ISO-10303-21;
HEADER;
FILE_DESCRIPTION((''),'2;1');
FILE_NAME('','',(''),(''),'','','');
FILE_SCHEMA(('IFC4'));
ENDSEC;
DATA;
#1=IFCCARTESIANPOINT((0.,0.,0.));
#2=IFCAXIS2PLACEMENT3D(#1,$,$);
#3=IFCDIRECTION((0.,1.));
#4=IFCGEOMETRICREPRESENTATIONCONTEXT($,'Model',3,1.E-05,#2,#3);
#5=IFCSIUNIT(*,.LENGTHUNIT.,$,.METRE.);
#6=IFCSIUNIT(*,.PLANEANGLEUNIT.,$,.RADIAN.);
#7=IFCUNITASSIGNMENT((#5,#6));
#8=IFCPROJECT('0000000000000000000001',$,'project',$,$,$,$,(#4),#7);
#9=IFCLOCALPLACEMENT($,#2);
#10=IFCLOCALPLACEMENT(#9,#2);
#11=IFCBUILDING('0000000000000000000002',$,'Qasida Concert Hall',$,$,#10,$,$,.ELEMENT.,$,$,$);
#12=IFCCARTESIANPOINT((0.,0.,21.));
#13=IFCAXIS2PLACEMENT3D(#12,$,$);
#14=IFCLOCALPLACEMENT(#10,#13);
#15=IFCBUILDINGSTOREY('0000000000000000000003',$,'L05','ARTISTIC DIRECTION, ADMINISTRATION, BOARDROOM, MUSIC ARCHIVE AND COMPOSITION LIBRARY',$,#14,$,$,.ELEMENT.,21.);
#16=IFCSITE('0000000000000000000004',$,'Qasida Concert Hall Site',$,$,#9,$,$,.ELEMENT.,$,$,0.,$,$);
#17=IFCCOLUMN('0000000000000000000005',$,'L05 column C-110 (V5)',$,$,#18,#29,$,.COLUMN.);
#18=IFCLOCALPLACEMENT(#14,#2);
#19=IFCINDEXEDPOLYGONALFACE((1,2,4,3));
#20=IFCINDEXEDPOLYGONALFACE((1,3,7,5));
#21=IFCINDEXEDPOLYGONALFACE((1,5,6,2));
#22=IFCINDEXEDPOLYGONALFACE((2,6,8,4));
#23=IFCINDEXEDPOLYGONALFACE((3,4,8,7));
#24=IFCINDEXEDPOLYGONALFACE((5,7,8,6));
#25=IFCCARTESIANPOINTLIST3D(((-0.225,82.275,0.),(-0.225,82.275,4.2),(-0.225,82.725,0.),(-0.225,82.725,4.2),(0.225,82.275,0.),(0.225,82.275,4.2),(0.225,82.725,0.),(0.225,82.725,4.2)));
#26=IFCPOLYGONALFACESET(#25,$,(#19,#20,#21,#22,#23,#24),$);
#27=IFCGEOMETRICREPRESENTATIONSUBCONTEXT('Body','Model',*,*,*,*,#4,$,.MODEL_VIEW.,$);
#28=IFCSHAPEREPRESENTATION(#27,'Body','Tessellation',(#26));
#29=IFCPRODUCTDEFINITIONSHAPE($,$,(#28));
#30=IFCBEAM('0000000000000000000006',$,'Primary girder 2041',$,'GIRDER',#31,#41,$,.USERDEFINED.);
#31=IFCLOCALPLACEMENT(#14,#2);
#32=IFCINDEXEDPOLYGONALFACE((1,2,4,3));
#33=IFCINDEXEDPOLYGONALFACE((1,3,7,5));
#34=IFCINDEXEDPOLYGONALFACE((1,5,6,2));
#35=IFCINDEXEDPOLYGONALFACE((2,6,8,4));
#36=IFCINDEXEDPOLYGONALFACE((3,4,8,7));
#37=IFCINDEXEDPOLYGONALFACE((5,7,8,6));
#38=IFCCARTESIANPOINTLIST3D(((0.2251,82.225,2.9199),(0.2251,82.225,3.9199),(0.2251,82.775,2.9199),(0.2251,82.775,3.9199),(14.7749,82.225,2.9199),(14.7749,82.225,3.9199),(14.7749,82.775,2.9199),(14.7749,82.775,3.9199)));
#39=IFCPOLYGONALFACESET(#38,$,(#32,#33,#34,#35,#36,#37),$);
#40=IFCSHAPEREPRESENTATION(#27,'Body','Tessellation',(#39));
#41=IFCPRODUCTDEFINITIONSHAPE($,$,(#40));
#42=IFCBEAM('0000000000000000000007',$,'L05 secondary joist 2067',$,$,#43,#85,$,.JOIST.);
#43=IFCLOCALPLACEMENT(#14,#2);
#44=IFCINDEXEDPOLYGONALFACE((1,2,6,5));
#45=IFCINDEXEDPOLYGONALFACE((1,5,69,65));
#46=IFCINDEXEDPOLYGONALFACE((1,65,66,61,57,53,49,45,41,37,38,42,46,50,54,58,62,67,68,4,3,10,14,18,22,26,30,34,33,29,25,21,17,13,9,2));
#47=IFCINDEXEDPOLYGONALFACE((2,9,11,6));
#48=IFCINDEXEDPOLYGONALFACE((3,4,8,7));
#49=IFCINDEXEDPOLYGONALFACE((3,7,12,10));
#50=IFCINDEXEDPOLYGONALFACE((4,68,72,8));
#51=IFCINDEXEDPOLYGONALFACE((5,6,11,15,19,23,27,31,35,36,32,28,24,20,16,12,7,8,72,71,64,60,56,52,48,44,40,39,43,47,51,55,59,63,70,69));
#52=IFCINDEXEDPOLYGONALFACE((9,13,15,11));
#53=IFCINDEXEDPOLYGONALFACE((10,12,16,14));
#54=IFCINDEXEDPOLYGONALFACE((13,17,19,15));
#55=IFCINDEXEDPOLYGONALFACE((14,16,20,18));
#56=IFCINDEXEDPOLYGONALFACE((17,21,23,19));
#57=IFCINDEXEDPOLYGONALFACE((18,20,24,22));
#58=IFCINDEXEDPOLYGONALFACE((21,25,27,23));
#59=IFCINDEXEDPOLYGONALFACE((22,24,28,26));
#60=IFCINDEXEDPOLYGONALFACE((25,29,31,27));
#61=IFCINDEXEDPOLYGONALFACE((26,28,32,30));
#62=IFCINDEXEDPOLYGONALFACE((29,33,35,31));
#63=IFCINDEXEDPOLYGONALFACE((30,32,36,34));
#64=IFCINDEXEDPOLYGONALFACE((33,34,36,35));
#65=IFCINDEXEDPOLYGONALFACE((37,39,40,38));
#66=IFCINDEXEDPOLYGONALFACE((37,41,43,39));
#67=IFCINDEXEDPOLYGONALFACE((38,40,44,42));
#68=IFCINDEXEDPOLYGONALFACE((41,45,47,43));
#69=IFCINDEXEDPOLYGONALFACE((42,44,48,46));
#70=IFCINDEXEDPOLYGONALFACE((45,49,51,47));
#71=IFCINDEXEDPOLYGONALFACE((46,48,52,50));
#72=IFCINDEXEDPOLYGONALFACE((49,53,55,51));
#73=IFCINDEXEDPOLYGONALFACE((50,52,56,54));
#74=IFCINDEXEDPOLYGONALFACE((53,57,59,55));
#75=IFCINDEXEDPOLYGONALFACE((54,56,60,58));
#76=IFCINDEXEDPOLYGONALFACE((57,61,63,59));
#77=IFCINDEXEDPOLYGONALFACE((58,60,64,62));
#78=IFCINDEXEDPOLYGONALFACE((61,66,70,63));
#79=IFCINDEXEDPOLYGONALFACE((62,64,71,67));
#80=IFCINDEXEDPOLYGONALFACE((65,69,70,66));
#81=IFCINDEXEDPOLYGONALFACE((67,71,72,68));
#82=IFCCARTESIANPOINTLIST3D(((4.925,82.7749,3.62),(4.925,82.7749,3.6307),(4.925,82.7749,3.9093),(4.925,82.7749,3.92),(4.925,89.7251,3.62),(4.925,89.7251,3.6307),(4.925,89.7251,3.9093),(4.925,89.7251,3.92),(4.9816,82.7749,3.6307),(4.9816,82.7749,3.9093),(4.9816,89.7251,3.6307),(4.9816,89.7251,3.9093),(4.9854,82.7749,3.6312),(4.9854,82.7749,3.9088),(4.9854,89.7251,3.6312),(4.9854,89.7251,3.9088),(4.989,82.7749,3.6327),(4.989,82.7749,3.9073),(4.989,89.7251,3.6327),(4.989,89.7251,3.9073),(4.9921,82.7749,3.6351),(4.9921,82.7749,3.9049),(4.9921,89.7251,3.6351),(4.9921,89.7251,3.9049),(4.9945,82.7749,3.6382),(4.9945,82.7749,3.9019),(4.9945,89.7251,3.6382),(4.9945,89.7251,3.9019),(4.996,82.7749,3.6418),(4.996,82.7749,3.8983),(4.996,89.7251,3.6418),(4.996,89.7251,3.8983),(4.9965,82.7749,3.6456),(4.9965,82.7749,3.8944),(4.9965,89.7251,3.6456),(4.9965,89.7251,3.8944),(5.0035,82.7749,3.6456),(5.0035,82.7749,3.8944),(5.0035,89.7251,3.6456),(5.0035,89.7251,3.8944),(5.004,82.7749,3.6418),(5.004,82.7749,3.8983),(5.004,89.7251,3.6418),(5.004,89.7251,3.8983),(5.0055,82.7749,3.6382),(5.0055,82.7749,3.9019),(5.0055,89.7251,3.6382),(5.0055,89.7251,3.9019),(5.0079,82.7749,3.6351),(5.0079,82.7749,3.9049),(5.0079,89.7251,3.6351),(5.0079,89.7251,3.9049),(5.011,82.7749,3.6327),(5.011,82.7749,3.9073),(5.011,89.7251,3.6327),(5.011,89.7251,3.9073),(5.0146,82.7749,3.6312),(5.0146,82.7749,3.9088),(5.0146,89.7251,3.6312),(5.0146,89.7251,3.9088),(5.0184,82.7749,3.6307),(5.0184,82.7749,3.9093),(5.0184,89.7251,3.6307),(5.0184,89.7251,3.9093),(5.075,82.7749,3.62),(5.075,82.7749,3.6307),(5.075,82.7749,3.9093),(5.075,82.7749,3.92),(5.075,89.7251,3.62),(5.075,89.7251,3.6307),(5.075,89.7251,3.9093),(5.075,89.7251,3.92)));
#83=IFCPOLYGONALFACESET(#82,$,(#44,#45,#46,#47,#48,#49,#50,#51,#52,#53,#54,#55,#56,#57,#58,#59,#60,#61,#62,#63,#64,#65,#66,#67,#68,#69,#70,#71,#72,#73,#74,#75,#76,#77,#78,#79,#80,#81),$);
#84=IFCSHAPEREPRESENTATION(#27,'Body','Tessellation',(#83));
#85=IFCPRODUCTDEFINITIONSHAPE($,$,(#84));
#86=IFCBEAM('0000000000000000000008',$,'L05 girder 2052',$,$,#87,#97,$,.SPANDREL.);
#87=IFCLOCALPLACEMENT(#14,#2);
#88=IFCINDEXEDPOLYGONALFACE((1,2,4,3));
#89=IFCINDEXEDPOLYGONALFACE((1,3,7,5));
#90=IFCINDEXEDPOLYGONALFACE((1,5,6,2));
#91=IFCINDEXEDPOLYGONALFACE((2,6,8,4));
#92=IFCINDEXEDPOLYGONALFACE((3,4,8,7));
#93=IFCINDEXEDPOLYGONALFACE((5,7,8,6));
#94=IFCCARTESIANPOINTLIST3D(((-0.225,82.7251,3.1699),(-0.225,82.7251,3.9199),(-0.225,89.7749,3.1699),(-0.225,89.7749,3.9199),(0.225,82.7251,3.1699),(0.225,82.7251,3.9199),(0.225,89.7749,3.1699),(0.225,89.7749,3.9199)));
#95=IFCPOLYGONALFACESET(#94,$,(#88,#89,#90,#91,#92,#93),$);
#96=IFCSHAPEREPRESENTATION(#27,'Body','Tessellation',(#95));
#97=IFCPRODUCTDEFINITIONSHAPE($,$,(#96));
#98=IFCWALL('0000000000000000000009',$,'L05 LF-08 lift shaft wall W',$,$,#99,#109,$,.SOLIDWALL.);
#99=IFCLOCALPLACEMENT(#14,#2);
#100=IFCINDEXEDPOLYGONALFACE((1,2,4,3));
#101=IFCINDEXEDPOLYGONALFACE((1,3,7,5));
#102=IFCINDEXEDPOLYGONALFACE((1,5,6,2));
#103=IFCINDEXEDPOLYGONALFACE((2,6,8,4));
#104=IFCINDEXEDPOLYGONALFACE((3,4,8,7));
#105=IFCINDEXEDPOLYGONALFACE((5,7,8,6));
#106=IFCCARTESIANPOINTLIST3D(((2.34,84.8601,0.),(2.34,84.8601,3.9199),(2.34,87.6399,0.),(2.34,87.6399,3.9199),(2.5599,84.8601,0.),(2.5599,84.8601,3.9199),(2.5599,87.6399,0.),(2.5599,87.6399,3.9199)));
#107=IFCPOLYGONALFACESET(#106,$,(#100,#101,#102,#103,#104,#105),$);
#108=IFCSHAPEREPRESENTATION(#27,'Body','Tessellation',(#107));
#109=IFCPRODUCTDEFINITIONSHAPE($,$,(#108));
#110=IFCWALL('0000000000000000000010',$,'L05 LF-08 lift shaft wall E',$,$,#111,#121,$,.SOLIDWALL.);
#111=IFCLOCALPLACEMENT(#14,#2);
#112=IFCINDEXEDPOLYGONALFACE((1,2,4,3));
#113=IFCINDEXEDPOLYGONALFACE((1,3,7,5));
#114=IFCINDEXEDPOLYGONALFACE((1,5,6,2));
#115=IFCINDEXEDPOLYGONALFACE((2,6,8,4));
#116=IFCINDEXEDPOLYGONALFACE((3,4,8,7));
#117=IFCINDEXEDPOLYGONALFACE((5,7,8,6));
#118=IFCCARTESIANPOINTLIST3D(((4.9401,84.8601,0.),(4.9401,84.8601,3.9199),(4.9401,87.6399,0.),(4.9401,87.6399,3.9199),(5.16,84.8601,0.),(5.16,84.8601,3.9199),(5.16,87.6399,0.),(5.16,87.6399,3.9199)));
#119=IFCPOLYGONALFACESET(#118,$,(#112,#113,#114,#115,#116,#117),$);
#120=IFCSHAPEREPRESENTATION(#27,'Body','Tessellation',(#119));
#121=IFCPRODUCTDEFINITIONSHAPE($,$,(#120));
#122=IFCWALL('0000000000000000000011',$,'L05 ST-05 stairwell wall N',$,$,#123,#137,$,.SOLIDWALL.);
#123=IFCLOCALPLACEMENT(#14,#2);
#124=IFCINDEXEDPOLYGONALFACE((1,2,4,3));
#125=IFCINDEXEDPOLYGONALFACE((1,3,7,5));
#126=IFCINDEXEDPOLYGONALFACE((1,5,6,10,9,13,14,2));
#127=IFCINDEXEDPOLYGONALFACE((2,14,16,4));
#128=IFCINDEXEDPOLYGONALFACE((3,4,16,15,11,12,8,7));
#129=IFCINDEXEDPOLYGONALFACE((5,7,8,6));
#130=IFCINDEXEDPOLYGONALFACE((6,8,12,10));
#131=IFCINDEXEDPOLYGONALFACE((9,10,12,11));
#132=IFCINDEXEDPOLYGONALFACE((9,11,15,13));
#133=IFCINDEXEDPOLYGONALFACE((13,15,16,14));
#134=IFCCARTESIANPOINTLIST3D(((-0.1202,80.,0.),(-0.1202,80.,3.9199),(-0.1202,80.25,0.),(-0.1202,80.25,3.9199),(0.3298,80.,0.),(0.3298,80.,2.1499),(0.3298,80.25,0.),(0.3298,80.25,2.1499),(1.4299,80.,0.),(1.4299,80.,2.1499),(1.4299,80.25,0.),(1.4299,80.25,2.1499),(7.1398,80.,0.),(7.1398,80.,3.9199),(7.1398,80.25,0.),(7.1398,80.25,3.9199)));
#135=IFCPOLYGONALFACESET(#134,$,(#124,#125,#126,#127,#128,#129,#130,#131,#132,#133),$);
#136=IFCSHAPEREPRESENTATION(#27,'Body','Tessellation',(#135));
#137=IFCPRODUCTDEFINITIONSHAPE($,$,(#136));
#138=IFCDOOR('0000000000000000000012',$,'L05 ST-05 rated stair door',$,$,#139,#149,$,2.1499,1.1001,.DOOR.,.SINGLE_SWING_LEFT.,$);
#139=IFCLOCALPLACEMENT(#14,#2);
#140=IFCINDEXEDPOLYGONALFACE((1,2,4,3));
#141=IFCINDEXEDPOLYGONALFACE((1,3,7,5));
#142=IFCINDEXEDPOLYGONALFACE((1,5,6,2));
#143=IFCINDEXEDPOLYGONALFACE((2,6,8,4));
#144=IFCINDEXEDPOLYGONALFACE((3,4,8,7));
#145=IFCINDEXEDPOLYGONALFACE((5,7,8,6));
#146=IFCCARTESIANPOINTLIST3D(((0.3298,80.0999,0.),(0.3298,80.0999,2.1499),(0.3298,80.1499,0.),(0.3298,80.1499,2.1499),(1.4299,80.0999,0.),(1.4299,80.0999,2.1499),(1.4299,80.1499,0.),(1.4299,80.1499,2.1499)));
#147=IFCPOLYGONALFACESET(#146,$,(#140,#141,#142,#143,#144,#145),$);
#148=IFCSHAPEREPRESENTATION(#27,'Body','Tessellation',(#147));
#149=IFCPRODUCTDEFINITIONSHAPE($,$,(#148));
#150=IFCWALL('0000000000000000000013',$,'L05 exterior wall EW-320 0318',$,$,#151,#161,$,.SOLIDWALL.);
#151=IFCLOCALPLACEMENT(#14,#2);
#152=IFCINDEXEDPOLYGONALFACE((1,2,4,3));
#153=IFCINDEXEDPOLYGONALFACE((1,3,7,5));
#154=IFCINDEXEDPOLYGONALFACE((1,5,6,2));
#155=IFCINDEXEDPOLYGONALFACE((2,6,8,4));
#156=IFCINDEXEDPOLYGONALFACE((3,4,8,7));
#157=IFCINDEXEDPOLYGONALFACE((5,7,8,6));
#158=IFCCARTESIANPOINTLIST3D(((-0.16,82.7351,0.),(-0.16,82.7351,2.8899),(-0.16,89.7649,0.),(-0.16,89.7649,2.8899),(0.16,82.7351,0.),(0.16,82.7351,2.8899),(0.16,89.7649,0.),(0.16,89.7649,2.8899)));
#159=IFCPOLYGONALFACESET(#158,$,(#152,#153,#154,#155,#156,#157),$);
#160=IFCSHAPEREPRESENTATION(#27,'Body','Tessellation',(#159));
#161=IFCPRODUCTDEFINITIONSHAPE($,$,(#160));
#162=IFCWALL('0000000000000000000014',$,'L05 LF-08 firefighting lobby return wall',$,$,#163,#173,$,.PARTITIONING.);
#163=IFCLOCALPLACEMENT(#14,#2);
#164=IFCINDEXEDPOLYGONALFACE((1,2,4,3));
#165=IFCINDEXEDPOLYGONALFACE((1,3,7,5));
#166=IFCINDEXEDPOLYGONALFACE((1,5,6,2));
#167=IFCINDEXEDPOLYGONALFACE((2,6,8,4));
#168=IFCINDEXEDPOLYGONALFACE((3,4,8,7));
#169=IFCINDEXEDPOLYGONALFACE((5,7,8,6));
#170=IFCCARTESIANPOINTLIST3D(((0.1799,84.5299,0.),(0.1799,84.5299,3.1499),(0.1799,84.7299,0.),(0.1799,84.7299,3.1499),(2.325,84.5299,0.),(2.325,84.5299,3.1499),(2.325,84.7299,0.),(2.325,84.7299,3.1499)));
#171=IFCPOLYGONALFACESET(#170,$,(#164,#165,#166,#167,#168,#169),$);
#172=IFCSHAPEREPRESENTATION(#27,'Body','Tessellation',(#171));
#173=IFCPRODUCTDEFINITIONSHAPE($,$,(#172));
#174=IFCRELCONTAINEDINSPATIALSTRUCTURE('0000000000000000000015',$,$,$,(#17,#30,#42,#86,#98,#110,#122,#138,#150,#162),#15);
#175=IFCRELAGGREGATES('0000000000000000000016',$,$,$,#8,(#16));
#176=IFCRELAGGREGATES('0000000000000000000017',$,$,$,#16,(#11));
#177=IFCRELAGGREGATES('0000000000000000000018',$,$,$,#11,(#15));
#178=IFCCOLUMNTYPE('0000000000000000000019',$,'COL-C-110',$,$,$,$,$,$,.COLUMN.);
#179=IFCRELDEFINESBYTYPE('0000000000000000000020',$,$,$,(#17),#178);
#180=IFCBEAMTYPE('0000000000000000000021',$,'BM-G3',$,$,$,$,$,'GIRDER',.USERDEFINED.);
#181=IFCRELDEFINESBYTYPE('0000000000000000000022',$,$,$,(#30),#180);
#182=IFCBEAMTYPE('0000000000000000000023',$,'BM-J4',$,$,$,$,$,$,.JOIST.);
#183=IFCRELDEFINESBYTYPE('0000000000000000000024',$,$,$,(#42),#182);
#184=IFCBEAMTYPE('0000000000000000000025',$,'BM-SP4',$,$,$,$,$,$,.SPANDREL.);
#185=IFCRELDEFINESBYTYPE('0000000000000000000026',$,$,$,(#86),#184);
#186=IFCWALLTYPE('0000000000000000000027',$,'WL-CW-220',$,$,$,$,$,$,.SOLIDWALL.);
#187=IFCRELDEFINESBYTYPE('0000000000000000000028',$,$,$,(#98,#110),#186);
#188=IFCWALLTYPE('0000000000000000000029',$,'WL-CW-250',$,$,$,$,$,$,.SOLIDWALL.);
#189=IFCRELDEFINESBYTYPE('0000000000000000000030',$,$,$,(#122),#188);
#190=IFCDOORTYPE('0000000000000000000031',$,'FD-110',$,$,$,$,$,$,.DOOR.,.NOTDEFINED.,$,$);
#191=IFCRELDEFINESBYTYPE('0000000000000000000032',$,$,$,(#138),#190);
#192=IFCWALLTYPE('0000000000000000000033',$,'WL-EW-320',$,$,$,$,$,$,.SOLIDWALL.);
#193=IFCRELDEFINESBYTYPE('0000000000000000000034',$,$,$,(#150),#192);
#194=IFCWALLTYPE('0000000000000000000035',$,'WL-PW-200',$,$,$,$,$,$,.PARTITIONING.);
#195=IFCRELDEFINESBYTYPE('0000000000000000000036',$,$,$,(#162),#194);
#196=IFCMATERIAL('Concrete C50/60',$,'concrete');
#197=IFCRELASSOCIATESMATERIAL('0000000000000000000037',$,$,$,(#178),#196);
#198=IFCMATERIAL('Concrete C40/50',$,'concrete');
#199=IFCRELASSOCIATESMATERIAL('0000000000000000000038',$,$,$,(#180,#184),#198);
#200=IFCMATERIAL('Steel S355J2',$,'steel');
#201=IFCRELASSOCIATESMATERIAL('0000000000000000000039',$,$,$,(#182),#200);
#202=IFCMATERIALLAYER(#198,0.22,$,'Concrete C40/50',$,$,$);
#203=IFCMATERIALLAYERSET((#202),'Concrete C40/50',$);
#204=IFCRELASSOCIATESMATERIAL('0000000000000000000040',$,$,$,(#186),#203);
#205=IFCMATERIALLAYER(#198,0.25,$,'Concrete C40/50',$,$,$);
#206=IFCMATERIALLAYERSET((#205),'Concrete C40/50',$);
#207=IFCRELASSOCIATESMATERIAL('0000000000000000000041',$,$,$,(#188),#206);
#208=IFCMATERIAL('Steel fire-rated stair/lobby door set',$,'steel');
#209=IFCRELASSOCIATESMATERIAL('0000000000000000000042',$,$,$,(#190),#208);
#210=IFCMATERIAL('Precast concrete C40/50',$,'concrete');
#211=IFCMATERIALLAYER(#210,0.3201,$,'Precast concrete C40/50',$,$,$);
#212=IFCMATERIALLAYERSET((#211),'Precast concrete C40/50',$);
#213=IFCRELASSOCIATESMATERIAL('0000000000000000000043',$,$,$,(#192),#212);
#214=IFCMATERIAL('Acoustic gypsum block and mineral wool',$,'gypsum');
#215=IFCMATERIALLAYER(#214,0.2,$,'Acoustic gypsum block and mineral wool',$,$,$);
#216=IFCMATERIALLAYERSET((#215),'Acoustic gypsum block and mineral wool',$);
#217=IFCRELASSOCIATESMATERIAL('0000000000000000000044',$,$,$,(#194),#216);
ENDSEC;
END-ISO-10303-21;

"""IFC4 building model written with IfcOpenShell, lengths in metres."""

from ifc_helpers import new_model, si_unit, direction, frame, frame_2d, origin, origin_2d, place, context, subcontext, project, spatial, rectangle, i_section, extrude, material, layer, layer_set, material_profile, profile_set, type_object, element, fill, save


model = new_model("IFC4")

# Units and contexts
model_context = context("Model", 3, precision=1e-05, world=origin(), true_north=direction((0.0, 1.0)))
body_context = subcontext(model_context, "Body", "Model", "MODEL_VIEW")
ifc_project = project(units=[si_unit("LENGTHUNIT", "METRE"), si_unit("PLANEANGLEUNIT", "RADIAN")], contexts=[model_context])

# Site, building, storey
site_placement = place(None, origin())
site = spatial("IfcSite", under=ifc_project, at=site_placement, Name="Qasida Concert Hall Site", CompositionType="ELEMENT", RefElevation=0.0)
building_placement = place(site_placement, origin())
building = spatial("IfcBuilding", under=site, at=building_placement, Name="Qasida Concert Hall", CompositionType="ELEMENT")
storey_placement = place(building_placement, frame((0.0, 0.0, 21.0)))
storey = spatial("IfcBuildingStorey", under=building, at=storey_placement, Name="L05", Description="ARTISTIC DIRECTION, ADMINISTRATION, BOARDROOM, MUSIC ARCHIVE AND COMPOSITION LIBRARY", CompositionType="ELEMENT", Elevation=21.0)

# Column
ifc_material_1 = material(Name="Concrete C50/60", Category="concrete")
ifc_material_profile_1 = material_profile(ifc_material_1, rectangle(XDim=0.45, YDim=0.45, at=origin_2d()), Name="RC 450x450")
ifc_profile_set_1 = profile_set([ifc_material_profile_1], Name="Concrete C50/60")
column_type = type_object("IfcColumnType", Name="COL-C-110", PredefinedType="COLUMN", material=ifc_profile_set_1)
column_placement = place(storey_placement, frame((0.0, 82.5, 0.0), z_axis=(0.0, 0.0, 1.0), x_axis=(1.0, 0.0, 0.0)))
element("IfcColumn", 1, at=column_placement, inside=storey, type_object=column_type, Name="L05 column C-110 (V5)", PredefinedType="COLUMN", context=body_context, shape_type="SweptSolid", body=[
    extrude(rectangle(XDim=0.45, YDim=0.45, at=origin_2d()), origin(), (0.0, 0.0, 1.0), 4.2),
])

# Beams
ifc_material_2 = material(Name="Concrete C40/50", Category="concrete")
ifc_material_profile_2 = material_profile(ifc_material_2, rectangle(XDim=0.55, YDim=1.0, at=origin_2d()), Name="RC 550x1000")
ifc_profile_set_2 = profile_set([ifc_material_profile_2], Name="Concrete C40/50")
beam_type_1 = type_object("IfcBeamType", Name="BM-G3", ElementType="GIRDER", PredefinedType="USERDEFINED", material=ifc_profile_set_2)
beam_1_placement = place(storey_placement, frame((0.2251, 82.5, 3.4199), z_axis=(1.0, 0.0, 0.0), x_axis=(0.0, 1.0, 0.0)))
element("IfcBeam", 2, at=beam_1_placement, inside=storey, type_object=beam_type_1, Name="Primary girder 2041", ObjectType="GIRDER", PredefinedType="USERDEFINED", context=body_context, shape_type="SweptSolid", body=[
    extrude(rectangle(XDim=0.55, YDim=1.0, at=origin_2d()), origin(), (0.0, 0.0, 1.0), 14.5498),
])
ifc_material_3 = material(Name="Steel S355J2", Category="steel")
ifc_material_profile_3 = material_profile(ifc_material_3, i_section(OverallWidth=0.1499, OverallDepth=0.3, WebThickness=0.0071, FlangeThickness=0.0107, FilletRadius=0.0149, at=origin_2d()), Name="IPE 300")
ifc_profile_set_3 = profile_set([ifc_material_profile_3], Name="Steel S355J2")
beam_type_2 = type_object("IfcBeamType", Name="BM-J4", PredefinedType="JOIST", material=ifc_profile_set_3)
beam_2_placement = place(storey_placement, frame((5.0, 82.7749, 3.77), z_axis=(0.0, 1.0, 0.0), x_axis=(-1.0, 0.0, 0.0)))
element("IfcBeam", 3, at=beam_2_placement, inside=storey, type_object=beam_type_2, Name="L05 secondary joist 2067", PredefinedType="JOIST", context=body_context, shape_type="SweptSolid", body=[
    extrude(i_section(OverallWidth=0.1499, OverallDepth=0.3, WebThickness=0.0071, FlangeThickness=0.0107, FilletRadius=0.0149, at=origin_2d()), origin(), (0.0, 0.0, 1.0), 6.9502),
])
ifc_material_profile_4 = material_profile(ifc_material_2, rectangle(XDim=0.45, YDim=0.75, at=origin_2d()), Name="RC 450x750")
ifc_profile_set_4 = profile_set([ifc_material_profile_4], Name="Concrete C40/50")
beam_type_3 = type_object("IfcBeamType", Name="BM-SP4", PredefinedType="SPANDREL", material=ifc_profile_set_4)
beam_3_placement = place(storey_placement, frame((0.0, 82.7251, 3.5449), z_axis=(0.0, 1.0, 0.0), x_axis=(-1.0, 0.0, 0.0)))
element("IfcBeam", 4, at=beam_3_placement, inside=storey, type_object=beam_type_3, Name="L05 girder 2052", PredefinedType="SPANDREL", context=body_context, shape_type="SweptSolid", body=[
    extrude(rectangle(XDim=0.45, YDim=0.75, at=origin_2d()), origin(), (0.0, 0.0, 1.0), 7.0498),
])

# Shared definitions
ifc_layer_1 = layer(ifc_material_2, 0.22, Name="Concrete C40/50")
ifc_layer_set_1 = layer_set([ifc_layer_1], Name="Concrete C40/50")
wall_type_1 = type_object("IfcWallType", Name="WL-CW-220", PredefinedType="SOLIDWALL", material=ifc_layer_set_1)

# Walls
for number, where, z_axis, x_axis, name in (
    (5, (2.45, 84.8601, 0.0), (0.0, 0.0, 1.0), (0.0, 1.0, 0.0), "L05 LF-08 lift shaft wall W"),
    (6, (5.05, 84.8601, 0.0), (0.0, 0.0, 1.0), (0.0, 1.0, 0.0), "L05 LF-08 lift shaft wall E"),
):
    element("IfcWall", number, at=place(storey_placement, frame(where, z_axis=z_axis, x_axis=x_axis)), inside=storey, type_object=wall_type_1, Name=name, PredefinedType="SOLIDWALL", context=body_context, shape_type="SweptSolid", body=[
        extrude(rectangle(XDim=2.7798, YDim=0.22, at=frame_2d((1.3899, 0.0))), origin(), (0.0, 0.0, 1.0), 3.9199),
    ])

# Wall, opening, door
ifc_layer_2 = layer(ifc_material_2, 0.25, Name="Concrete C40/50")
ifc_layer_set_2 = layer_set([ifc_layer_2], Name="Concrete C40/50")
wall_type_2 = type_object("IfcWallType", Name="WL-CW-250", PredefinedType="SOLIDWALL", material=ifc_layer_set_2)
wall_1_placement = place(storey_placement, frame((-0.1201, 80.125, 0.0), z_axis=(0.0, 0.0, 1.0), x_axis=(1.0, 0.0, 0.0)))
wall_1 = element("IfcWall", 7, at=wall_1_placement, inside=storey, type_object=wall_type_2, Name="L05 ST-05 stairwell wall N", PredefinedType="SOLIDWALL", context=body_context, shape_type="SweptSolid", body=[
    extrude(rectangle(XDim=7.26, YDim=0.25, at=frame_2d((3.6299, 0.0))), origin(), (0.0, 0.0, 1.0), 3.9199),
])
opening_1_placement = place(wall_1_placement, frame((0.45, 0.0, 0.0)))
opening_1 = element("IfcOpeningElement", 8, at=opening_1_placement, cuts=wall_1, PredefinedType="OPENING", context=body_context, shape_type="SweptSolid", body=[
    extrude(rectangle(XDim=1.1001, YDim=2.1499, at=frame_2d((0.55, 1.075))), frame((0.0, 0.135, 0.0), z_axis=(0.0, -1.0, 0.0), x_axis=(1.0, 0.0, 0.0)), (0.0, 0.0, 1.0), 0.27),
])
ifc_material_4 = material(Name="Steel fire-rated stair/lobby door set", Category="steel")
door_type_1 = type_object("IfcDoorType", Name="FD-110", OperationType="NOTDEFINED", PredefinedType="DOOR", material=ifc_material_4)
door_1_placement = place(opening_1_placement, origin())
door_1 = element("IfcDoor", 9, at=door_1_placement, inside=storey, type_object=door_type_1, Name="L05 ST-05 rated stair door", OperationType="SINGLE_SWING_LEFT", OverallHeight=2.1499, OverallWidth=1.1001, PredefinedType="DOOR", context=body_context, shape_type="SweptSolid", body=[
    extrude(rectangle(XDim=1.1001, YDim=2.1499, at=frame_2d((0.55, 1.075))), frame((0.0, 0.0249, 0.0), z_axis=(0.0, -1.0, 0.0), x_axis=(1.0, 0.0, 0.0)), (0.0, 0.0, 1.0), 0.05),
])
fill(opening_1, door_1)

# Walls
ifc_material_5 = material(Name="Precast concrete C40/50", Category="concrete")
ifc_layer_3 = layer(ifc_material_5, 0.3201, Name="Precast concrete C40/50")
ifc_layer_set_3 = layer_set([ifc_layer_3], Name="Precast concrete C40/50")
wall_type_3 = type_object("IfcWallType", Name="WL-EW-320", PredefinedType="SOLIDWALL", material=ifc_layer_set_3)
wall_2_placement = place(storey_placement, frame((0.0, 82.7351, 0.0), z_axis=(0.0, 0.0, 1.0), x_axis=(0.0, 1.0, 0.0)))
element("IfcWall", 10, at=wall_2_placement, inside=storey, type_object=wall_type_3, Name="L05 exterior wall EW-320 0318", PredefinedType="SOLIDWALL", context=body_context, shape_type="SweptSolid", body=[
    extrude(rectangle(XDim=7.0298, YDim=0.3201, at=frame_2d((3.5149, 0.0))), origin(), (0.0, 0.0, 1.0), 2.8899),
])
ifc_material_6 = material(Name="Acoustic gypsum block and mineral wool", Category="gypsum")
ifc_layer_4 = layer(ifc_material_6, 0.2, Name="Acoustic gypsum block and mineral wool")
ifc_layer_set_4 = layer_set([ifc_layer_4], Name="Acoustic gypsum block and mineral wool")
wall_type_4 = type_object("IfcWallType", Name="WL-PW-200", PredefinedType="PARTITIONING", material=ifc_layer_set_4)
wall_3_placement = place(storey_placement, frame((0.1799, 84.6299, 0.0), z_axis=(0.0, 0.0, 1.0), x_axis=(1.0, 0.0, 0.0)))
element("IfcWall", 11, at=wall_3_placement, inside=storey, type_object=wall_type_4, Name="L05 LF-08 firefighting lobby return wall", PredefinedType="PARTITIONING", context=body_context, shape_type="SweptSolid", body=[
    extrude(rectangle(XDim=2.145, YDim=0.2, at=frame_2d((1.0725, 0.0))), origin(), (0.0, 0.0, 1.0), 3.1499),
])

save(model, "model.ifc")
